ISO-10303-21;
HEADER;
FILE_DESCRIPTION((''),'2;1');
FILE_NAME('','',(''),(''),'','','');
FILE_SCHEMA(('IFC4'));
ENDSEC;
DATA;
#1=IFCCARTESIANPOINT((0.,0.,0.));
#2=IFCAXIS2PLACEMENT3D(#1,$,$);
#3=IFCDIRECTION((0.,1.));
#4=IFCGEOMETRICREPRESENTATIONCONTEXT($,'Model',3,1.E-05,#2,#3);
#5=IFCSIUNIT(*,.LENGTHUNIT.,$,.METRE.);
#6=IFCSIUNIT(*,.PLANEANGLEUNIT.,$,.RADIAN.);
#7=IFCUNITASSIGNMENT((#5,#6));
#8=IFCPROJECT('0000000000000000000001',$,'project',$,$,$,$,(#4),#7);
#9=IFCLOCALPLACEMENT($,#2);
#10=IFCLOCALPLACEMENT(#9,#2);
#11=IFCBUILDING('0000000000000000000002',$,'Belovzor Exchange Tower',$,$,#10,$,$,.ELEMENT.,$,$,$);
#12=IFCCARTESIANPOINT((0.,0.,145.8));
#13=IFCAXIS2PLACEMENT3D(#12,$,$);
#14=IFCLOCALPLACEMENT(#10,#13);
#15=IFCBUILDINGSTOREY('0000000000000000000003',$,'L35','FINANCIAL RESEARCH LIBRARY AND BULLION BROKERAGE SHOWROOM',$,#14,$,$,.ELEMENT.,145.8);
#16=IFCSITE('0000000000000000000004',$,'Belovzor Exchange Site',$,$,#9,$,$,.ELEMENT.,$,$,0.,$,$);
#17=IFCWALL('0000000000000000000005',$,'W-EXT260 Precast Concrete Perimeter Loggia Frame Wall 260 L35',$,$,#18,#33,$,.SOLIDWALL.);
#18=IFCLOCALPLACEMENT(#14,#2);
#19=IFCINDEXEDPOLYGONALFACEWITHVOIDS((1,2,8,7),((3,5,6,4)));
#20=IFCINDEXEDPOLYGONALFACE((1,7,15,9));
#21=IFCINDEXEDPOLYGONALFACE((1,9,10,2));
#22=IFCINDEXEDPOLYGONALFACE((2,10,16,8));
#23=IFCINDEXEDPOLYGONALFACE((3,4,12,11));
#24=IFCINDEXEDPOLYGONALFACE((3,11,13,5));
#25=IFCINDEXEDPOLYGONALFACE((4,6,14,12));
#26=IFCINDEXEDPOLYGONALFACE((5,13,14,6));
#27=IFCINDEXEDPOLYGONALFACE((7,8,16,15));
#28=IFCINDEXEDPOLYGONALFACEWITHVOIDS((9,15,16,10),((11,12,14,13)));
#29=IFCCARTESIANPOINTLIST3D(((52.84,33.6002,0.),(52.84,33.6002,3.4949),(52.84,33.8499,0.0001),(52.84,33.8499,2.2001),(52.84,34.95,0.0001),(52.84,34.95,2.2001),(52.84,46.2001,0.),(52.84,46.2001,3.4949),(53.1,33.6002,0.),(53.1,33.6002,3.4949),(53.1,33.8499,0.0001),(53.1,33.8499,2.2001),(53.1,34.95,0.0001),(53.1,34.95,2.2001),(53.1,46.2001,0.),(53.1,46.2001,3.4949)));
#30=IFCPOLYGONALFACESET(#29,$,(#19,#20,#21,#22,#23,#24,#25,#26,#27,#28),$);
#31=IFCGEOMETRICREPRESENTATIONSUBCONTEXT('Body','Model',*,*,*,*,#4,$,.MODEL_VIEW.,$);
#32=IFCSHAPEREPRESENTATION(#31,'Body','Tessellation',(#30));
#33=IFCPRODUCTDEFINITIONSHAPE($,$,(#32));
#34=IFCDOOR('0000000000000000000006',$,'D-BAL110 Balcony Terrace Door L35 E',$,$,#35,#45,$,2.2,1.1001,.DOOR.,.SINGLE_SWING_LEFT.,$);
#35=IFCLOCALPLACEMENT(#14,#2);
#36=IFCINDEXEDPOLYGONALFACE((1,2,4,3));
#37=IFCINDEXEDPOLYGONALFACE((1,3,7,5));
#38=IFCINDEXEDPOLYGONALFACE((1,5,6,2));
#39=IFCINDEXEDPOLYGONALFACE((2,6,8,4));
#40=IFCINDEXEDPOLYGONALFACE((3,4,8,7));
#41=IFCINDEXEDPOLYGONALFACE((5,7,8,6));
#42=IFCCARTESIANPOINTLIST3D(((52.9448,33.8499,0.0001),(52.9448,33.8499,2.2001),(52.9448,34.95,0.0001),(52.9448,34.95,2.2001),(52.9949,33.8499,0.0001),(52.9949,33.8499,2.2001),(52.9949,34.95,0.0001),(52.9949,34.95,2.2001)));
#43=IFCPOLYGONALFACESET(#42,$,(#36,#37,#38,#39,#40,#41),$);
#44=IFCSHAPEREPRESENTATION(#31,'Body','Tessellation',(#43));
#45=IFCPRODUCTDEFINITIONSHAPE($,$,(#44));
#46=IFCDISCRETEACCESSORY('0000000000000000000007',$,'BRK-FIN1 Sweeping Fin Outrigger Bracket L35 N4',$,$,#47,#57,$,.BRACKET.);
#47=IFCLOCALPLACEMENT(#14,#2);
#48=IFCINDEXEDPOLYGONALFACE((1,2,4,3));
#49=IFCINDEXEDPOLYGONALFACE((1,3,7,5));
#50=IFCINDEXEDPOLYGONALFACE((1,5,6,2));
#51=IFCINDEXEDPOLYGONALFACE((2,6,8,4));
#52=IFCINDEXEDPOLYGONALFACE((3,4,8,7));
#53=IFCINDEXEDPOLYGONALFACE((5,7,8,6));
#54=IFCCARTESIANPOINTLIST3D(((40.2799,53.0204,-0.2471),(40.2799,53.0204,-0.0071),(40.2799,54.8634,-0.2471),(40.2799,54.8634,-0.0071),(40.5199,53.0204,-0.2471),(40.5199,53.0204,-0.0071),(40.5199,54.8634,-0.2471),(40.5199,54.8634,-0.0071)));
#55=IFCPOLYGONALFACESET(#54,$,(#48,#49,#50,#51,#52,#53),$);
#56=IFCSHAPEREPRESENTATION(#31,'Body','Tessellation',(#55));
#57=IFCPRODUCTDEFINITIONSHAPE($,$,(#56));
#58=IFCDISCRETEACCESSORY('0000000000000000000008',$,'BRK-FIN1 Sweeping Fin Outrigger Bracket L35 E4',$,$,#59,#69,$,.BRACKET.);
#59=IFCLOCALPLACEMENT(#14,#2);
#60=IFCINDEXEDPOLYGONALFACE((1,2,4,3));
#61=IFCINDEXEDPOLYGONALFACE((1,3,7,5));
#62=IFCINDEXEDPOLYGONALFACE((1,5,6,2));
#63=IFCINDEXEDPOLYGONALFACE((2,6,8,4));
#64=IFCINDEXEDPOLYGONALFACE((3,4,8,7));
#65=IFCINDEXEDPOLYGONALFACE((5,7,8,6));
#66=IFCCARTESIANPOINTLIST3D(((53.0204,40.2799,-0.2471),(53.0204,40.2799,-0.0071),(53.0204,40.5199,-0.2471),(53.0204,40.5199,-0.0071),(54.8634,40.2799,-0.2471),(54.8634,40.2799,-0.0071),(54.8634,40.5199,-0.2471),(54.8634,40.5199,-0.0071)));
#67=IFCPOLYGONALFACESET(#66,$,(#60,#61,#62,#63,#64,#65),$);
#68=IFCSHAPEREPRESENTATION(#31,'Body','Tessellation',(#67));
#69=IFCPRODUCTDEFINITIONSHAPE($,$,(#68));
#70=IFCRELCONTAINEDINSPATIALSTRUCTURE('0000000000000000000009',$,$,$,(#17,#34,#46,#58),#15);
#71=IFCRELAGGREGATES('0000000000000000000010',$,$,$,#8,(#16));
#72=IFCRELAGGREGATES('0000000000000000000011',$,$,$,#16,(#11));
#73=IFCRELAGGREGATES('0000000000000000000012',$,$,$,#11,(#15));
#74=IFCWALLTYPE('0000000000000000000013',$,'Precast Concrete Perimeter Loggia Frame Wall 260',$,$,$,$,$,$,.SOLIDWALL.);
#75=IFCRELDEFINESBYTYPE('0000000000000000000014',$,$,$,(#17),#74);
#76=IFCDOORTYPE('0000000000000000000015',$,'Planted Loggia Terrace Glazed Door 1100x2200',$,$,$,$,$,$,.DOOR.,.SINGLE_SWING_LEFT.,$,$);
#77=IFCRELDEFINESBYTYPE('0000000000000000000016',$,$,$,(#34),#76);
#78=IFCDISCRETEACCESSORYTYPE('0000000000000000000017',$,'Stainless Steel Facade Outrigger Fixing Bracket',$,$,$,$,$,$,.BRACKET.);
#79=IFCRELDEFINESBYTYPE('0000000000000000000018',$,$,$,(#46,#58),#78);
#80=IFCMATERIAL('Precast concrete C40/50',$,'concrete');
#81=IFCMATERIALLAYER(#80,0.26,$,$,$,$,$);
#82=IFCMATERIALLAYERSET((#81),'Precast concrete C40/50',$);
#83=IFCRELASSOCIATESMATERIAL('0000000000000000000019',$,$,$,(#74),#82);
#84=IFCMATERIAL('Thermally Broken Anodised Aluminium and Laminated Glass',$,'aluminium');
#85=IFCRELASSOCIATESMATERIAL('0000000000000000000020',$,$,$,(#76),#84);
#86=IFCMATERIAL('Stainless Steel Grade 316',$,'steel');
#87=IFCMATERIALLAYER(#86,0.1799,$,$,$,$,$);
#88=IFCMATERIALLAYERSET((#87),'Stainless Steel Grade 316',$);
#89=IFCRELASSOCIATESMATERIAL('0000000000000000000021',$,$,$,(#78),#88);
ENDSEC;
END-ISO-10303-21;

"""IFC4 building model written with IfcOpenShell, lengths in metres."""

from ifc_helpers import new_model, si_unit, direction, frame, frame_2d, origin, origin_2d, place, context, subcontext, project, spatial, rectangle, extrude, material, layer, layer_set, type_object, element, fill, save


model = new_model("IFC4")

# Units and contexts
model_context = context("Model", 3, precision=1e-05, world=origin(), true_north=direction((0.0, 1.0)))
body_context = subcontext(model_context, "Body", "Model", "MODEL_VIEW")
ifc_project = project(units=[si_unit("LENGTHUNIT", "METRE"), si_unit("PLANEANGLEUNIT", "RADIAN")], contexts=[model_context])

# Site, building, storey
site_placement = place(None, origin())
site = spatial("IfcSite", under=ifc_project, at=site_placement, Name="Belovzor Exchange Site", CompositionType="ELEMENT", RefElevation=0.0)
building_placement = place(site_placement, origin())
building = spatial("IfcBuilding", under=site, at=building_placement, Name="Belovzor Exchange Tower", CompositionType="ELEMENT")
storey_placement = place(building_placement, frame((0.0, 0.0, 145.8)))
storey = spatial("IfcBuildingStorey", under=building, at=storey_placement, Name="L35", Description="FINANCIAL RESEARCH LIBRARY AND BULLION BROKERAGE SHOWROOM", CompositionType="ELEMENT", Elevation=145.8)

# Wall, opening, door
ifc_material_1 = material(Name="Precast concrete C40/50", Category="concrete")
ifc_layer_1 = layer(ifc_material_1, 0.26)
ifc_layer_set_1 = layer_set([ifc_layer_1], Name="Precast concrete C40/50")
wall_type_1 = type_object("IfcWallType", Name="Precast Concrete Perimeter Loggia Frame Wall 260", PredefinedType="SOLIDWALL", material=ifc_layer_set_1)
wall_1_placement = place(storey_placement, frame((52.97, 46.2, 0.0), z_axis=(0.0, 0.0, 1.0), x_axis=(0.0, -1.0, 0.0)))
wall_1 = element("IfcWall", 1, at=wall_1_placement, inside=storey, type_object=wall_type_1, Name="W-EXT260 Precast Concrete Perimeter Loggia Frame Wall 260 L35", PredefinedType="SOLIDWALL", context=body_context, shape_type="SweptSolid", body=[
    extrude(rectangle(XDim=12.5999, YDim=0.26, at=frame_2d((6.2998, 0.0))), origin(), (0.0, 0.0, 1.0), 3.4949),
])
opening_1_placement = place(wall_1_placement, frame((11.25, 0.0, 0.0)))
opening_1 = element("IfcOpeningElement", 2, at=opening_1_placement, cuts=wall_1, PredefinedType="OPENING", context=body_context, shape_type="SweptSolid", body=[
    extrude(rectangle(XDim=1.1001, YDim=2.2, at=frame_2d((0.55, 1.1001))), frame((0.0, 0.1399, 0.0), z_axis=(0.0, -1.0, 0.0), x_axis=(1.0, 0.0, 0.0)), (0.0, 0.0, 1.0), 0.28),
])
ifc_material_2 = material(Name="Thermally Broken Anodised Aluminium and Laminated Glass", Category="aluminium")
door_type_1 = type_object("IfcDoorType", Name="Planted Loggia Terrace Glazed Door 1100x2200", OperationType="SINGLE_SWING_LEFT", PredefinedType="DOOR", material=ifc_material_2)
door_1_placement = place(opening_1_placement, origin())
door_1 = element("IfcDoor", 3, at=door_1_placement, inside=storey, type_object=door_type_1, Name="D-BAL110 Balcony Terrace Door L35 E", OperationType="SINGLE_SWING_LEFT", OverallHeight=2.2, OverallWidth=1.1001, PredefinedType="DOOR", context=body_context, shape_type="SweptSolid", body=[
    extrude(rectangle(XDim=1.1001, YDim=2.2, at=frame_2d((0.55, 1.1001))), frame((0.0, 0.0249, 0.0), z_axis=(0.0, -1.0, 0.0), x_axis=(1.0, 0.0, 0.0)), (0.0, 0.0, 1.0), 0.05),
])
fill(opening_1, door_1)

# Discrete accessories
ifc_material_3 = material(Name="Stainless Steel Grade 316", Category="steel")
ifc_layer_2 = layer(ifc_material_3, 0.1799)
ifc_layer_set_2 = layer_set([ifc_layer_2], Name="Stainless Steel Grade 316")
discrete_accessory_type = type_object("IfcDiscreteAccessoryType", Name="Stainless Steel Facade Outrigger Fixing Bracket", PredefinedType="BRACKET", material=ifc_layer_set_2)
for number, where, z_axis, x_axis, name in (
    (4, (40.3999, 53.9419, -0.2471), (0.0, 0.0, 1.0), (0.0, 1.0, 0.0), "BRK-FIN1 Sweeping Fin Outrigger Bracket L35 N4"),
    (5, (53.9419, 40.3999, -0.2471), (0.0, 0.0, 1.0), (1.0, 0.0, 0.0), "BRK-FIN1 Sweeping Fin Outrigger Bracket L35 E4"),
):
    element("IfcDiscreteAccessory", number, at=place(storey_placement, frame(where, z_axis=z_axis, x_axis=x_axis)), inside=storey, type_object=discrete_accessory_type, Name=name, PredefinedType="BRACKET", context=body_context, shape_type="SweptSolid", body=[
        extrude(rectangle(XDim=1.843, YDim=0.24, at=origin_2d()), origin(), (0.0, 0.0, 1.0), 0.24),
    ])

save(model, "model.ifc")
